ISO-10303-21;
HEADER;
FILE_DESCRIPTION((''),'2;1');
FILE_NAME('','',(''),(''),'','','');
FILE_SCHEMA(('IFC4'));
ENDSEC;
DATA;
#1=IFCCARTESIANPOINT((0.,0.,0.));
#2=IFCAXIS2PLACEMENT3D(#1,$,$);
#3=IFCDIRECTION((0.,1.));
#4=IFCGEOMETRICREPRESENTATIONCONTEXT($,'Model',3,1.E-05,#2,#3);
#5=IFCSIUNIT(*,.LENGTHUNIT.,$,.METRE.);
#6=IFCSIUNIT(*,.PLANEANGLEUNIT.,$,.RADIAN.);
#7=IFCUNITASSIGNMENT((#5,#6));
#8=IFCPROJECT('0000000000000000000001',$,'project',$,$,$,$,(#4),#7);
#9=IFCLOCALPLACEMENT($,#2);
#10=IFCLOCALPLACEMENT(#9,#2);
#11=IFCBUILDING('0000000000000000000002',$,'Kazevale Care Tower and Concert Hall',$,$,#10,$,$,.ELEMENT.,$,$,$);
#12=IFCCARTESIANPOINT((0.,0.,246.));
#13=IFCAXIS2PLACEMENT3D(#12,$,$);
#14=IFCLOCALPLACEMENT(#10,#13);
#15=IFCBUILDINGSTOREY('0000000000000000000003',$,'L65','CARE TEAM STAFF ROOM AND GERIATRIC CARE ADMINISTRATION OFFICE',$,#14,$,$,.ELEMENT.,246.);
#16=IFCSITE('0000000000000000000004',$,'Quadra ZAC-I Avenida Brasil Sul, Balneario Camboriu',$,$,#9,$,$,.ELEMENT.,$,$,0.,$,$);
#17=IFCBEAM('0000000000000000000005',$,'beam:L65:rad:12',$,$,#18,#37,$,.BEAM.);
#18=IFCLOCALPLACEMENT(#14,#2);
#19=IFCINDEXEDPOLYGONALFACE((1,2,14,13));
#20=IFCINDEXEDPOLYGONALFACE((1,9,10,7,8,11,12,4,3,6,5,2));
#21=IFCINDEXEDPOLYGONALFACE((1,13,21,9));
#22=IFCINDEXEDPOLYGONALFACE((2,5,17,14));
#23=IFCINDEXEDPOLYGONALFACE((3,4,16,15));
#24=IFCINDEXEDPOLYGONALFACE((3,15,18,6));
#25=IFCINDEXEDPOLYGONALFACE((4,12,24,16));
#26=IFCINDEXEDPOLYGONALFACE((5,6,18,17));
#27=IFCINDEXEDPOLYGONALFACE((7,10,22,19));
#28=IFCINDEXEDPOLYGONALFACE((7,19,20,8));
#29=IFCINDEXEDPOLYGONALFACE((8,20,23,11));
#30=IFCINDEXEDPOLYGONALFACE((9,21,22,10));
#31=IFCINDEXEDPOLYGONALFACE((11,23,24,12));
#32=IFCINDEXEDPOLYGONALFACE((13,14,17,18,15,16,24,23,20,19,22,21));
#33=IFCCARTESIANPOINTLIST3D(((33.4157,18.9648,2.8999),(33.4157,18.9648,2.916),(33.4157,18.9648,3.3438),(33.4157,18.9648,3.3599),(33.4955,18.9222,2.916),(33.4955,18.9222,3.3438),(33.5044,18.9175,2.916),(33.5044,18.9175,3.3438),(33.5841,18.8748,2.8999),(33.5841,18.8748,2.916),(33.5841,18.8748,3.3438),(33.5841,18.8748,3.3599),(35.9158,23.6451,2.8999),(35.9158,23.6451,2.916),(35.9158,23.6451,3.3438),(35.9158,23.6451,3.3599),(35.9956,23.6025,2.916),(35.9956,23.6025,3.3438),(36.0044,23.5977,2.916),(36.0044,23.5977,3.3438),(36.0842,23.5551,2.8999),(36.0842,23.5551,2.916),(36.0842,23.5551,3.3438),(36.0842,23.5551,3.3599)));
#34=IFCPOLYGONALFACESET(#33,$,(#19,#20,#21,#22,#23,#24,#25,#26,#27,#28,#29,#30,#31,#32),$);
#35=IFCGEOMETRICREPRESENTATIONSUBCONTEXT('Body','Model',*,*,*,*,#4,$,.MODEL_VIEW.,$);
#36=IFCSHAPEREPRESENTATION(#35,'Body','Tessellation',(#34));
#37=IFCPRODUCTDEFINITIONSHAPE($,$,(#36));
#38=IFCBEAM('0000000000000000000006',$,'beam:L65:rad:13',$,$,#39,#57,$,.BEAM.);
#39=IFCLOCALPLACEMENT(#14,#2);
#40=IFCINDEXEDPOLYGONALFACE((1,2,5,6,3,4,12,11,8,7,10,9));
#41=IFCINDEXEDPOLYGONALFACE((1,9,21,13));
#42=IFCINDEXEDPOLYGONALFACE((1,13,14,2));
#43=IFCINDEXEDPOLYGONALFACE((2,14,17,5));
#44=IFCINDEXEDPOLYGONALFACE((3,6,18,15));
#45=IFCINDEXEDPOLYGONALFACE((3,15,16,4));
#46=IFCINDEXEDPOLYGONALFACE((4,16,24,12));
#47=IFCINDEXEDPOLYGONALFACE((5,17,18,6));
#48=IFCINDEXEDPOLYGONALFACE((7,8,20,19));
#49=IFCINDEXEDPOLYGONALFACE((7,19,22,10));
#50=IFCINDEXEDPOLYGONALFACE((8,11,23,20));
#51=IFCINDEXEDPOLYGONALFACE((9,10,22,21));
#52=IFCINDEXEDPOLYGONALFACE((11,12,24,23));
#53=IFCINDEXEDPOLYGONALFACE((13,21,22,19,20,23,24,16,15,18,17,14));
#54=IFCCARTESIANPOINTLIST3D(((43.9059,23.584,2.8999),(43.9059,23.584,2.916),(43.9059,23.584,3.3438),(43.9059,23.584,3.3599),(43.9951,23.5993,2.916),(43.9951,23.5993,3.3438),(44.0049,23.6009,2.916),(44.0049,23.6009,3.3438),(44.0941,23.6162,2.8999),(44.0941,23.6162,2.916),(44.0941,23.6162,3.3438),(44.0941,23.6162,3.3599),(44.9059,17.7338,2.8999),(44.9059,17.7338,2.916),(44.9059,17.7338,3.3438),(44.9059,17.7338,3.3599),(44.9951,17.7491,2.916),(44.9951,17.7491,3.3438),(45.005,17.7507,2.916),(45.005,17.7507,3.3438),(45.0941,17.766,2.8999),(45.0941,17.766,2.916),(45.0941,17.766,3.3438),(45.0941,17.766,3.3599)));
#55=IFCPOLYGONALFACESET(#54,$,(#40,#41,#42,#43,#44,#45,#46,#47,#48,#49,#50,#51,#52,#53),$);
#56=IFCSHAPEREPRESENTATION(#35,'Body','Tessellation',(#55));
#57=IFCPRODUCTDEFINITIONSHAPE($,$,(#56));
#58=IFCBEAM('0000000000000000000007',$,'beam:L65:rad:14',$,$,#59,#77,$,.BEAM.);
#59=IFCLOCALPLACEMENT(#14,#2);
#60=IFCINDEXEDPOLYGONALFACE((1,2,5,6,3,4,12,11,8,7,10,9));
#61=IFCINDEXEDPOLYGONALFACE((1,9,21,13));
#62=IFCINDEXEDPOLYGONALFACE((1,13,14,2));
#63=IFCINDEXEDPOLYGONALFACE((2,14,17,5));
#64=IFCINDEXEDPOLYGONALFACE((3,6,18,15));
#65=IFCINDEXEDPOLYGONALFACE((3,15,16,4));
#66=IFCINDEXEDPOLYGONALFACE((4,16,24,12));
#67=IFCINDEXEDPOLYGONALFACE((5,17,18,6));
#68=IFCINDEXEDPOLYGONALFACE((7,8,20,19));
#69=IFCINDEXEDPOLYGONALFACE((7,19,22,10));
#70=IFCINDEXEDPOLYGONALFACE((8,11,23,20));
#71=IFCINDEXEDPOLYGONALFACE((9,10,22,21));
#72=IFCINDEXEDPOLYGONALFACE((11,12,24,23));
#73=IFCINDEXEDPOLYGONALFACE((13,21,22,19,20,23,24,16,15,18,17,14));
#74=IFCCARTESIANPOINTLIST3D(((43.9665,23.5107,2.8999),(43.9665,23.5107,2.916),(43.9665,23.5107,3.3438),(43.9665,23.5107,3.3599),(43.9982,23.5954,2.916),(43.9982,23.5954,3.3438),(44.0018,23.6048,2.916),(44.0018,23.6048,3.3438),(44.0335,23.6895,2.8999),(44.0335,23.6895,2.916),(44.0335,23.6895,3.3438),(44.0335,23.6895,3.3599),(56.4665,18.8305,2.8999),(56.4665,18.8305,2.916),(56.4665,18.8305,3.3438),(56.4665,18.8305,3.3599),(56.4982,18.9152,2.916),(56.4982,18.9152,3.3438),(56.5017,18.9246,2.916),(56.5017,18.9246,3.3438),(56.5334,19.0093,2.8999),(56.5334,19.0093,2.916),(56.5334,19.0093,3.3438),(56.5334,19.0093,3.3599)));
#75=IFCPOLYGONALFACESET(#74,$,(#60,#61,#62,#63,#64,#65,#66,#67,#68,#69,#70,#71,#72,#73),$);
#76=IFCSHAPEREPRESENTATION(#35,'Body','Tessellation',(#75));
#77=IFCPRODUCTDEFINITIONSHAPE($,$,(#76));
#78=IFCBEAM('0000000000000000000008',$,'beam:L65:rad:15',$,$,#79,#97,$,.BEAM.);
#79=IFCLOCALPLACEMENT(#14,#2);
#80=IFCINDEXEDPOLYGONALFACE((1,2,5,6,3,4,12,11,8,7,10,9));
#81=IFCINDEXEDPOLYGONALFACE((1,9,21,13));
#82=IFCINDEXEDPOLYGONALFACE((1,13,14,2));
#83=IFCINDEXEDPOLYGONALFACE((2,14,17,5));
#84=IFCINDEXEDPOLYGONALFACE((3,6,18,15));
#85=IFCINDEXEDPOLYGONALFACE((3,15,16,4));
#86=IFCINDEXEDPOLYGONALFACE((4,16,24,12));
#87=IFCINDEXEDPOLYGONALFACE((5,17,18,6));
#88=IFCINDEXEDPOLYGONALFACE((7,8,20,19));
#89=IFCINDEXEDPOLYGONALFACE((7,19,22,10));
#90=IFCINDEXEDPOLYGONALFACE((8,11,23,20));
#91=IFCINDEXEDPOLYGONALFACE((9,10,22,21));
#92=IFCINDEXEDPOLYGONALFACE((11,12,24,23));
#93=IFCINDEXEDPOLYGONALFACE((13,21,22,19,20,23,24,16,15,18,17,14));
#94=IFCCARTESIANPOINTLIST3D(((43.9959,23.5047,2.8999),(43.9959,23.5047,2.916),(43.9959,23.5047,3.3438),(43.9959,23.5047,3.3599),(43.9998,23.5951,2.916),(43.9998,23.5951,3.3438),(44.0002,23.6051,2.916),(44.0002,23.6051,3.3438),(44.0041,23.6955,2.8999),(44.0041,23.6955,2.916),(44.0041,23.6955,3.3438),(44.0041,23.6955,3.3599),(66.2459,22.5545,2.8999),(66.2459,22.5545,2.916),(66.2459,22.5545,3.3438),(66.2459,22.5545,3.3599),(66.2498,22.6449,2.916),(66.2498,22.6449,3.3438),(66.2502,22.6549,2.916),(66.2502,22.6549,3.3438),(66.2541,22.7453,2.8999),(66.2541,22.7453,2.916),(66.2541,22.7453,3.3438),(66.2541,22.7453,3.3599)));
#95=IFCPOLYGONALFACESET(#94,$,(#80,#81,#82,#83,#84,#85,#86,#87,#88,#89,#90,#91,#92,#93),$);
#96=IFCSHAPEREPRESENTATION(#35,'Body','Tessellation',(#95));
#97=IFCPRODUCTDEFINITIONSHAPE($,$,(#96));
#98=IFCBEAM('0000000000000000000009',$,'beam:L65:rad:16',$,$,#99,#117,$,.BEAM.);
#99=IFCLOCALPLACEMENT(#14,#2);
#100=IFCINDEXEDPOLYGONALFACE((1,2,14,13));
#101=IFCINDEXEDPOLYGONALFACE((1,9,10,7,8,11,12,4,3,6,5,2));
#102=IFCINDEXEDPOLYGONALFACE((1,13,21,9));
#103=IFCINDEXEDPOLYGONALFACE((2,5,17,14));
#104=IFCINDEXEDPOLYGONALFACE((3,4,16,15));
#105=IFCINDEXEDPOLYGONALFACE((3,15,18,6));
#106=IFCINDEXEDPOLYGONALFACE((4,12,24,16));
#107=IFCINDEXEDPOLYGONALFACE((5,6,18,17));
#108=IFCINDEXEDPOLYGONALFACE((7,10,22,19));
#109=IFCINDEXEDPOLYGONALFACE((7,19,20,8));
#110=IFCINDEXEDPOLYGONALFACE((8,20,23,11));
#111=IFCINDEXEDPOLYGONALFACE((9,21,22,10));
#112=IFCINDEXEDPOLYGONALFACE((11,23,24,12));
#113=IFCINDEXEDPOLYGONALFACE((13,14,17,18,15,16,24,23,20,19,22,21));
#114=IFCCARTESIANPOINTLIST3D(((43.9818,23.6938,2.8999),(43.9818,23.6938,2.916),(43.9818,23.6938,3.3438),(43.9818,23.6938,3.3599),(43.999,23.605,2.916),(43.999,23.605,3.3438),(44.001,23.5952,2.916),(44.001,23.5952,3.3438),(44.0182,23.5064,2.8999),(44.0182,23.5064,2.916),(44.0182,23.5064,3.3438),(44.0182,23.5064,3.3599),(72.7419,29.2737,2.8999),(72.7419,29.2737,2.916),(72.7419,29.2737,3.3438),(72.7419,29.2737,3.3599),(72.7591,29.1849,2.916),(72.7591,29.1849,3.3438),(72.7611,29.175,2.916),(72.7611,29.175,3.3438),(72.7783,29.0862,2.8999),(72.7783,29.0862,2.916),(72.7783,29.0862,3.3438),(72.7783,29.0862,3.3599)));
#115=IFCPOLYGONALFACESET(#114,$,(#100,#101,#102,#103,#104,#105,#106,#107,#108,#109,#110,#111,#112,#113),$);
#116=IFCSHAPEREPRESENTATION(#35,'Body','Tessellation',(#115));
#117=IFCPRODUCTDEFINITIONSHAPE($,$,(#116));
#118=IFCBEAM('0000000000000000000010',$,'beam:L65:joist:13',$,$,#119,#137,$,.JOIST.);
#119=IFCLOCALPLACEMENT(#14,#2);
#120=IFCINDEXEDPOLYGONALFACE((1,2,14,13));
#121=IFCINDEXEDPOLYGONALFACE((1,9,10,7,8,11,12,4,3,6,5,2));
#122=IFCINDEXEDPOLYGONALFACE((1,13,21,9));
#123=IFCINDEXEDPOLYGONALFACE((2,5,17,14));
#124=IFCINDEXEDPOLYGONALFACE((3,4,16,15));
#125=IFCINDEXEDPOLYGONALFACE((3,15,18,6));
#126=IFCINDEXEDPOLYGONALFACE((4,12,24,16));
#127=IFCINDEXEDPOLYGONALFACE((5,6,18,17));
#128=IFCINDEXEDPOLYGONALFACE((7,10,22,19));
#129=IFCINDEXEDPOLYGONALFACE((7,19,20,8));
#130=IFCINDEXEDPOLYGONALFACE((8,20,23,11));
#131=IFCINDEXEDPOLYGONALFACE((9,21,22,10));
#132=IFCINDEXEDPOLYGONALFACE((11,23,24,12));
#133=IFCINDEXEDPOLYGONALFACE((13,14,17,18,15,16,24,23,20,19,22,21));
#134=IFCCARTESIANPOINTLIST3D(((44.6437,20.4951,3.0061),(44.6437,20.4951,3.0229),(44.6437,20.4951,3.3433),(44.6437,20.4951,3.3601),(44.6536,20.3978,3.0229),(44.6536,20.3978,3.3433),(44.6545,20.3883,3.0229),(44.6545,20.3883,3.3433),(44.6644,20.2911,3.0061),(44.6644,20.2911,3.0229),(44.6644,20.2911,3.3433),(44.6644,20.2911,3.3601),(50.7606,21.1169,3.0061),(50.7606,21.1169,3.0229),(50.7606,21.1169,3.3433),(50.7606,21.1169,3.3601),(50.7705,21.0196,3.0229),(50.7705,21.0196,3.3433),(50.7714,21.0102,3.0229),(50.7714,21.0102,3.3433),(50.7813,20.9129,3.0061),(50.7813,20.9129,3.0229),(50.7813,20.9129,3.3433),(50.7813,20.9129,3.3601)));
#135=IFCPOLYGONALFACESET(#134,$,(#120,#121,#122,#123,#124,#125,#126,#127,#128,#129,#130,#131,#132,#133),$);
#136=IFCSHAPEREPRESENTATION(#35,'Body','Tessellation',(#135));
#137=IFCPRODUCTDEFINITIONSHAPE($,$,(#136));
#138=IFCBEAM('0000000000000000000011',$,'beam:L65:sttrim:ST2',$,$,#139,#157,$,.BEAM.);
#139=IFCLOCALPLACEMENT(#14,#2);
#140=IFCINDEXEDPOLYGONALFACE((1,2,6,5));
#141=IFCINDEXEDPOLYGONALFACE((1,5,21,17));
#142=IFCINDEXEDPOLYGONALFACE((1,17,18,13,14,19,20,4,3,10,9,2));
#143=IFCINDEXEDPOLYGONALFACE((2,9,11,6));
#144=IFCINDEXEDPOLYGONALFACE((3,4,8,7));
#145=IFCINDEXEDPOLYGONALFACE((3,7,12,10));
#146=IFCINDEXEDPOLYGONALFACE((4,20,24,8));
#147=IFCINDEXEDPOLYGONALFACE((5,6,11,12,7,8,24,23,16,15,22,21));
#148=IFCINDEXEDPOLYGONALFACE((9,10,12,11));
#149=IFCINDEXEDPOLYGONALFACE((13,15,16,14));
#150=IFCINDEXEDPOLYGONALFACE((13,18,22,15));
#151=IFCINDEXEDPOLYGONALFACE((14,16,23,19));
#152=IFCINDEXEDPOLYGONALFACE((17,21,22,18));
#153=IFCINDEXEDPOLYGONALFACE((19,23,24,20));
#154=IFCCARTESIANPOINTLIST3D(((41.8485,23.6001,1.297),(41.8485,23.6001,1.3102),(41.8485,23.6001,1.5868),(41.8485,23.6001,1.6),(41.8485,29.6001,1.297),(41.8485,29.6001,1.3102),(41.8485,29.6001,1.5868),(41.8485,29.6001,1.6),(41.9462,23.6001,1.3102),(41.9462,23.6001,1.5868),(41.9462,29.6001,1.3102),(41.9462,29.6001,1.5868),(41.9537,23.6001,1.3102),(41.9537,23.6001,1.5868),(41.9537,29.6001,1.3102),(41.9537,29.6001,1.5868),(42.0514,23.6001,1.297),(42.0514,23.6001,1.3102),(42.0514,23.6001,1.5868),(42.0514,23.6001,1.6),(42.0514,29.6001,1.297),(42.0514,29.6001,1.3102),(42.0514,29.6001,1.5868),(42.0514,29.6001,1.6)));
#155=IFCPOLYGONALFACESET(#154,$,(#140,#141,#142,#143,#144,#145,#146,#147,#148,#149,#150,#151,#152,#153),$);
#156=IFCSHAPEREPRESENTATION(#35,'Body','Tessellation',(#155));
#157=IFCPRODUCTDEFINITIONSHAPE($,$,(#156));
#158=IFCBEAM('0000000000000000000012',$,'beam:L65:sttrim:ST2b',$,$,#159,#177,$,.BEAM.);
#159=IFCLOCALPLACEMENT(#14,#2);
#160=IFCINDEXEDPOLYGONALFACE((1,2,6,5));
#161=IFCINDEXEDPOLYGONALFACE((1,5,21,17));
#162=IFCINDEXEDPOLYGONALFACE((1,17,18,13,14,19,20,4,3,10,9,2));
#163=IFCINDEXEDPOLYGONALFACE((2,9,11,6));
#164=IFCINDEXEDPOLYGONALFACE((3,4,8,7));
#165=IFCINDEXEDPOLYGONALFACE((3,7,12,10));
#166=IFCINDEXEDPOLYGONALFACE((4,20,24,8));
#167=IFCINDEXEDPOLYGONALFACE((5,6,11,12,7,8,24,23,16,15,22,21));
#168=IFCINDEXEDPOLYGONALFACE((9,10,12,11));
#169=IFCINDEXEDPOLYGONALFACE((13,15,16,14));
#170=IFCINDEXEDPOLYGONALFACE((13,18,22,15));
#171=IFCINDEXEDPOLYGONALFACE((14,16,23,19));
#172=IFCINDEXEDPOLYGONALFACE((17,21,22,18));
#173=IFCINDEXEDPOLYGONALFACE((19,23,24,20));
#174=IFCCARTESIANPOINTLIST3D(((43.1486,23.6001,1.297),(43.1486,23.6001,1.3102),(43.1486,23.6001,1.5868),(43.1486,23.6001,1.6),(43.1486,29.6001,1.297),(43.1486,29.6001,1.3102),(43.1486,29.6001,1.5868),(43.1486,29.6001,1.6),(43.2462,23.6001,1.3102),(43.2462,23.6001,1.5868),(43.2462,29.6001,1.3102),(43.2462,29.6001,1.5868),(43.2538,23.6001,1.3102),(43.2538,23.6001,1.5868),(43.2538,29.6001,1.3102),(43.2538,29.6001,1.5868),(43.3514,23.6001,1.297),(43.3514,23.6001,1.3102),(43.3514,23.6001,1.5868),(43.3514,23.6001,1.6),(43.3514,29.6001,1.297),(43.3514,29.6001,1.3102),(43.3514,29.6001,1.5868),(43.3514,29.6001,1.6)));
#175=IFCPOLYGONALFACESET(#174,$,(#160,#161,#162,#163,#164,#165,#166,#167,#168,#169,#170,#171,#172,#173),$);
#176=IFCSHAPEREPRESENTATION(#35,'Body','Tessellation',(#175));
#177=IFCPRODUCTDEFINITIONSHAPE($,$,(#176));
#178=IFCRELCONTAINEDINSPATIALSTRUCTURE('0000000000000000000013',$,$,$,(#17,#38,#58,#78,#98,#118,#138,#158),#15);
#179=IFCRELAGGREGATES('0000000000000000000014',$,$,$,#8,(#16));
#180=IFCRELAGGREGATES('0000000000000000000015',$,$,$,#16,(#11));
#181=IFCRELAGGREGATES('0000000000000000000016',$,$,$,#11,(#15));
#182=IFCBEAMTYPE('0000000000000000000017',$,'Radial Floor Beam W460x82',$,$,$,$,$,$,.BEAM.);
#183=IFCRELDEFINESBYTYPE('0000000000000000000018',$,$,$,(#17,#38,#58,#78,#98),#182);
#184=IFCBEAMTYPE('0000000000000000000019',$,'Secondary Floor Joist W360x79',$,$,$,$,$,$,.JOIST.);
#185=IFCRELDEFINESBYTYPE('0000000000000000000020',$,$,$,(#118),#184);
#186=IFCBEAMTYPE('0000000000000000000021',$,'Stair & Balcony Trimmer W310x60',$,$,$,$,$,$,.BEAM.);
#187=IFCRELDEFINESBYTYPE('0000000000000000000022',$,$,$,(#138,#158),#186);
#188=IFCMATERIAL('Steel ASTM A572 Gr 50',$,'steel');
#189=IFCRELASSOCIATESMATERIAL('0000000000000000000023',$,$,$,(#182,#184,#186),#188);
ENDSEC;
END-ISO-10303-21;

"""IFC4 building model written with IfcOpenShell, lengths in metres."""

from ifc_helpers import new_model, si_unit, direction, frame, origin, origin_2d, place, context, subcontext, project, spatial, i_section, extrude, material, material_profile, profile_set, type_object, element, save


model = new_model("IFC4")

# Units and contexts
model_context = context("Model", 3, precision=1e-05, world=origin(), true_north=direction((0.0, 1.0)))
body_context = subcontext(model_context, "Body", "Model", "MODEL_VIEW")
ifc_project = project(units=[si_unit("LENGTHUNIT", "METRE"), si_unit("PLANEANGLEUNIT", "RADIAN")], contexts=[model_context])

# Site, building, storey
site_placement = place(None, origin())
site = spatial("IfcSite", under=ifc_project, at=site_placement, Name="Quadra ZAC-I Avenida Brasil Sul, Balneario Camboriu", CompositionType="ELEMENT", RefElevation=0.0)
building_placement = place(site_placement, origin())
building = spatial("IfcBuilding", under=site, at=building_placement, Name="Kazevale Care Tower and Concert Hall", CompositionType="ELEMENT")
storey_placement = place(building_placement, frame((0.0, 0.0, 246.0)))
storey = spatial("IfcBuildingStorey", under=building, at=storey_placement, Name="L65", Description="CARE TEAM STAFF ROOM AND GERIATRIC CARE ADMINISTRATION OFFICE", CompositionType="ELEMENT", Elevation=246.0)

# Beams
ifc_material_1 = material(Name="Steel ASTM A572 Gr 50", Category="steel")
ifc_material_profile_1 = material_profile(ifc_material_1, i_section(OverallWidth=0.1909, OverallDepth=0.46, WebThickness=0.01, FlangeThickness=0.0161, at=origin_2d()), Name="W460x82")
ifc_profile_set_1 = profile_set([ifc_material_profile_1], Name="Steel ASTM A572 Gr 50")
beam_type_1 = type_object("IfcBeamType", Name="Radial Floor Beam W460x82", PredefinedType="BEAM", material=ifc_profile_set_1)
beam_1_placement = place(storey_placement, frame((36.0, 23.6001, 3.1299), z_axis=(-0.471161, -0.882047, 0.0), x_axis=(0.882047, -0.471161, 0.0)))
element("IfcBeam", 1, at=beam_1_placement, inside=storey, type_object=beam_type_1, Name="beam:L65:rad:12", PredefinedType="BEAM", context=body_context, shape_type="SweptSolid", body=[
    extrude(i_section(OverallWidth=0.1909, OverallDepth=0.46, WebThickness=0.01, FlangeThickness=0.0161, at=origin_2d()), origin(), (0.0, 0.0, 1.0), 5.3062),
])
beam_2_placement = place(storey_placement, frame((44.0, 23.6001, 3.1299), z_axis=(0.168493, -0.985703, 0.0), x_axis=(0.985703, 0.168493, 0.0)))
element("IfcBeam", 2, at=beam_2_placement, inside=storey, type_object=beam_type_1, Name="beam:L65:rad:13", PredefinedType="BEAM", context=body_context, shape_type="SweptSolid", body=[
    extrude(i_section(OverallWidth=0.1909, OverallDepth=0.46, WebThickness=0.01, FlangeThickness=0.0161, at=origin_2d()), origin(), (0.0, 0.0, 1.0), 5.9351),
])
beam_3_placement = place(storey_placement, frame((44.0, 23.6001, 3.1299), z_axis=(0.936509, -0.350642, 0.0), x_axis=(0.350642, 0.936509, 0.0)))
element("IfcBeam", 3, at=beam_3_placement, inside=storey, type_object=beam_type_1, Name="beam:L65:rad:14", PredefinedType="BEAM", context=body_context, shape_type="SweptSolid", body=[
    extrude(i_section(OverallWidth=0.1909, OverallDepth=0.46, WebThickness=0.01, FlangeThickness=0.0161, at=origin_2d()), origin(), (0.0, 0.0, 1.0), 13.3474),
])
beam_4_placement = place(storey_placement, frame((44.0, 23.6001, 3.1299), z_axis=(0.999089, -0.042667, 0.0), x_axis=(0.042667, 0.999089, 0.0)))
element("IfcBeam", 4, at=beam_4_placement, inside=storey, type_object=beam_type_1, Name="beam:L65:rad:15", PredefinedType="BEAM", context=body_context, shape_type="SweptSolid", body=[
    extrude(i_section(OverallWidth=0.1909, OverallDepth=0.46, WebThickness=0.01, FlangeThickness=0.0161, at=origin_2d()), origin(), (0.0, 0.0, 1.0), 22.2703),
])
beam_5_placement = place(storey_placement, frame((44.0, 23.6001, 3.1299), z_axis=(0.981695, 0.190462, 0.0), x_axis=(-0.190462, 0.981695, 0.0)))
element("IfcBeam", 5, at=beam_5_placement, inside=storey, type_object=beam_type_1, Name="beam:L65:rad:16", PredefinedType="BEAM", context=body_context, shape_type="SweptSolid", body=[
    extrude(i_section(OverallWidth=0.1909, OverallDepth=0.46, WebThickness=0.01, FlangeThickness=0.0161, at=origin_2d()), origin(), (0.0, 0.0, 1.0), 29.2964),
])
ifc_material_profile_2 = material_profile(ifc_material_1, i_section(OverallWidth=0.2051, OverallDepth=0.354, WebThickness=0.0095, FlangeThickness=0.0168, at=origin_2d()), Name="W360x79")
ifc_profile_set_2 = profile_set([ifc_material_profile_2], Name="Steel ASTM A572 Gr 50")
beam_type_2 = type_object("IfcBeamType", Name="Secondary Floor Joist W360x79", PredefinedType="JOIST", material=ifc_profile_set_2)
beam_6_placement = place(storey_placement, frame((44.6541, 20.3931, 3.1831), z_axis=(0.994873, 0.101135, 0.0), x_axis=(-0.101135, 0.994873, 0.0)))
element("IfcBeam", 6, at=beam_6_placement, inside=storey, type_object=beam_type_2, Name="beam:L65:joist:13", PredefinedType="JOIST", context=body_context, shape_type="SweptSolid", body=[
    extrude(i_section(OverallWidth=0.2051, OverallDepth=0.354, WebThickness=0.0095, FlangeThickness=0.0168, at=origin_2d()), origin(), (0.0, 0.0, 1.0), 6.1484),
])
ifc_material_profile_3 = material_profile(ifc_material_1, i_section(OverallWidth=0.2029, OverallDepth=0.303, WebThickness=0.0076, FlangeThickness=0.0132, at=origin_2d()), Name="W310x60")
ifc_profile_set_3 = profile_set([ifc_material_profile_3], Name="Steel ASTM A572 Gr 50")
beam_type_3 = type_object("IfcBeamType", Name="Stair & Balcony Trimmer W310x60", PredefinedType="BEAM", material=ifc_profile_set_3)
for number, where, z_axis, x_axis, name in (
    (7, (41.95, 23.6001, 1.4485), (0.0, 1.0, 0.0), (-1.0, 0.0, 0.0), "beam:L65:sttrim:ST2"),
    (8, (43.25, 23.6001, 1.4485), (0.0, 1.0, 0.0), (-1.0, 0.0, 0.0), "beam:L65:sttrim:ST2b"),
):
    element("IfcBeam", number, at=place(storey_placement, frame(where, z_axis=z_axis, x_axis=x_axis)), inside=storey, type_object=beam_type_3, Name=name, PredefinedType="BEAM", context=body_context, shape_type="SweptSolid", body=[
        extrude(i_section(OverallWidth=0.2029, OverallDepth=0.303, WebThickness=0.0076, FlangeThickness=0.0132, at=origin_2d()), origin(), (0.0, 0.0, 1.0), 6.0),
    ])

save(model, "model.ifc")
